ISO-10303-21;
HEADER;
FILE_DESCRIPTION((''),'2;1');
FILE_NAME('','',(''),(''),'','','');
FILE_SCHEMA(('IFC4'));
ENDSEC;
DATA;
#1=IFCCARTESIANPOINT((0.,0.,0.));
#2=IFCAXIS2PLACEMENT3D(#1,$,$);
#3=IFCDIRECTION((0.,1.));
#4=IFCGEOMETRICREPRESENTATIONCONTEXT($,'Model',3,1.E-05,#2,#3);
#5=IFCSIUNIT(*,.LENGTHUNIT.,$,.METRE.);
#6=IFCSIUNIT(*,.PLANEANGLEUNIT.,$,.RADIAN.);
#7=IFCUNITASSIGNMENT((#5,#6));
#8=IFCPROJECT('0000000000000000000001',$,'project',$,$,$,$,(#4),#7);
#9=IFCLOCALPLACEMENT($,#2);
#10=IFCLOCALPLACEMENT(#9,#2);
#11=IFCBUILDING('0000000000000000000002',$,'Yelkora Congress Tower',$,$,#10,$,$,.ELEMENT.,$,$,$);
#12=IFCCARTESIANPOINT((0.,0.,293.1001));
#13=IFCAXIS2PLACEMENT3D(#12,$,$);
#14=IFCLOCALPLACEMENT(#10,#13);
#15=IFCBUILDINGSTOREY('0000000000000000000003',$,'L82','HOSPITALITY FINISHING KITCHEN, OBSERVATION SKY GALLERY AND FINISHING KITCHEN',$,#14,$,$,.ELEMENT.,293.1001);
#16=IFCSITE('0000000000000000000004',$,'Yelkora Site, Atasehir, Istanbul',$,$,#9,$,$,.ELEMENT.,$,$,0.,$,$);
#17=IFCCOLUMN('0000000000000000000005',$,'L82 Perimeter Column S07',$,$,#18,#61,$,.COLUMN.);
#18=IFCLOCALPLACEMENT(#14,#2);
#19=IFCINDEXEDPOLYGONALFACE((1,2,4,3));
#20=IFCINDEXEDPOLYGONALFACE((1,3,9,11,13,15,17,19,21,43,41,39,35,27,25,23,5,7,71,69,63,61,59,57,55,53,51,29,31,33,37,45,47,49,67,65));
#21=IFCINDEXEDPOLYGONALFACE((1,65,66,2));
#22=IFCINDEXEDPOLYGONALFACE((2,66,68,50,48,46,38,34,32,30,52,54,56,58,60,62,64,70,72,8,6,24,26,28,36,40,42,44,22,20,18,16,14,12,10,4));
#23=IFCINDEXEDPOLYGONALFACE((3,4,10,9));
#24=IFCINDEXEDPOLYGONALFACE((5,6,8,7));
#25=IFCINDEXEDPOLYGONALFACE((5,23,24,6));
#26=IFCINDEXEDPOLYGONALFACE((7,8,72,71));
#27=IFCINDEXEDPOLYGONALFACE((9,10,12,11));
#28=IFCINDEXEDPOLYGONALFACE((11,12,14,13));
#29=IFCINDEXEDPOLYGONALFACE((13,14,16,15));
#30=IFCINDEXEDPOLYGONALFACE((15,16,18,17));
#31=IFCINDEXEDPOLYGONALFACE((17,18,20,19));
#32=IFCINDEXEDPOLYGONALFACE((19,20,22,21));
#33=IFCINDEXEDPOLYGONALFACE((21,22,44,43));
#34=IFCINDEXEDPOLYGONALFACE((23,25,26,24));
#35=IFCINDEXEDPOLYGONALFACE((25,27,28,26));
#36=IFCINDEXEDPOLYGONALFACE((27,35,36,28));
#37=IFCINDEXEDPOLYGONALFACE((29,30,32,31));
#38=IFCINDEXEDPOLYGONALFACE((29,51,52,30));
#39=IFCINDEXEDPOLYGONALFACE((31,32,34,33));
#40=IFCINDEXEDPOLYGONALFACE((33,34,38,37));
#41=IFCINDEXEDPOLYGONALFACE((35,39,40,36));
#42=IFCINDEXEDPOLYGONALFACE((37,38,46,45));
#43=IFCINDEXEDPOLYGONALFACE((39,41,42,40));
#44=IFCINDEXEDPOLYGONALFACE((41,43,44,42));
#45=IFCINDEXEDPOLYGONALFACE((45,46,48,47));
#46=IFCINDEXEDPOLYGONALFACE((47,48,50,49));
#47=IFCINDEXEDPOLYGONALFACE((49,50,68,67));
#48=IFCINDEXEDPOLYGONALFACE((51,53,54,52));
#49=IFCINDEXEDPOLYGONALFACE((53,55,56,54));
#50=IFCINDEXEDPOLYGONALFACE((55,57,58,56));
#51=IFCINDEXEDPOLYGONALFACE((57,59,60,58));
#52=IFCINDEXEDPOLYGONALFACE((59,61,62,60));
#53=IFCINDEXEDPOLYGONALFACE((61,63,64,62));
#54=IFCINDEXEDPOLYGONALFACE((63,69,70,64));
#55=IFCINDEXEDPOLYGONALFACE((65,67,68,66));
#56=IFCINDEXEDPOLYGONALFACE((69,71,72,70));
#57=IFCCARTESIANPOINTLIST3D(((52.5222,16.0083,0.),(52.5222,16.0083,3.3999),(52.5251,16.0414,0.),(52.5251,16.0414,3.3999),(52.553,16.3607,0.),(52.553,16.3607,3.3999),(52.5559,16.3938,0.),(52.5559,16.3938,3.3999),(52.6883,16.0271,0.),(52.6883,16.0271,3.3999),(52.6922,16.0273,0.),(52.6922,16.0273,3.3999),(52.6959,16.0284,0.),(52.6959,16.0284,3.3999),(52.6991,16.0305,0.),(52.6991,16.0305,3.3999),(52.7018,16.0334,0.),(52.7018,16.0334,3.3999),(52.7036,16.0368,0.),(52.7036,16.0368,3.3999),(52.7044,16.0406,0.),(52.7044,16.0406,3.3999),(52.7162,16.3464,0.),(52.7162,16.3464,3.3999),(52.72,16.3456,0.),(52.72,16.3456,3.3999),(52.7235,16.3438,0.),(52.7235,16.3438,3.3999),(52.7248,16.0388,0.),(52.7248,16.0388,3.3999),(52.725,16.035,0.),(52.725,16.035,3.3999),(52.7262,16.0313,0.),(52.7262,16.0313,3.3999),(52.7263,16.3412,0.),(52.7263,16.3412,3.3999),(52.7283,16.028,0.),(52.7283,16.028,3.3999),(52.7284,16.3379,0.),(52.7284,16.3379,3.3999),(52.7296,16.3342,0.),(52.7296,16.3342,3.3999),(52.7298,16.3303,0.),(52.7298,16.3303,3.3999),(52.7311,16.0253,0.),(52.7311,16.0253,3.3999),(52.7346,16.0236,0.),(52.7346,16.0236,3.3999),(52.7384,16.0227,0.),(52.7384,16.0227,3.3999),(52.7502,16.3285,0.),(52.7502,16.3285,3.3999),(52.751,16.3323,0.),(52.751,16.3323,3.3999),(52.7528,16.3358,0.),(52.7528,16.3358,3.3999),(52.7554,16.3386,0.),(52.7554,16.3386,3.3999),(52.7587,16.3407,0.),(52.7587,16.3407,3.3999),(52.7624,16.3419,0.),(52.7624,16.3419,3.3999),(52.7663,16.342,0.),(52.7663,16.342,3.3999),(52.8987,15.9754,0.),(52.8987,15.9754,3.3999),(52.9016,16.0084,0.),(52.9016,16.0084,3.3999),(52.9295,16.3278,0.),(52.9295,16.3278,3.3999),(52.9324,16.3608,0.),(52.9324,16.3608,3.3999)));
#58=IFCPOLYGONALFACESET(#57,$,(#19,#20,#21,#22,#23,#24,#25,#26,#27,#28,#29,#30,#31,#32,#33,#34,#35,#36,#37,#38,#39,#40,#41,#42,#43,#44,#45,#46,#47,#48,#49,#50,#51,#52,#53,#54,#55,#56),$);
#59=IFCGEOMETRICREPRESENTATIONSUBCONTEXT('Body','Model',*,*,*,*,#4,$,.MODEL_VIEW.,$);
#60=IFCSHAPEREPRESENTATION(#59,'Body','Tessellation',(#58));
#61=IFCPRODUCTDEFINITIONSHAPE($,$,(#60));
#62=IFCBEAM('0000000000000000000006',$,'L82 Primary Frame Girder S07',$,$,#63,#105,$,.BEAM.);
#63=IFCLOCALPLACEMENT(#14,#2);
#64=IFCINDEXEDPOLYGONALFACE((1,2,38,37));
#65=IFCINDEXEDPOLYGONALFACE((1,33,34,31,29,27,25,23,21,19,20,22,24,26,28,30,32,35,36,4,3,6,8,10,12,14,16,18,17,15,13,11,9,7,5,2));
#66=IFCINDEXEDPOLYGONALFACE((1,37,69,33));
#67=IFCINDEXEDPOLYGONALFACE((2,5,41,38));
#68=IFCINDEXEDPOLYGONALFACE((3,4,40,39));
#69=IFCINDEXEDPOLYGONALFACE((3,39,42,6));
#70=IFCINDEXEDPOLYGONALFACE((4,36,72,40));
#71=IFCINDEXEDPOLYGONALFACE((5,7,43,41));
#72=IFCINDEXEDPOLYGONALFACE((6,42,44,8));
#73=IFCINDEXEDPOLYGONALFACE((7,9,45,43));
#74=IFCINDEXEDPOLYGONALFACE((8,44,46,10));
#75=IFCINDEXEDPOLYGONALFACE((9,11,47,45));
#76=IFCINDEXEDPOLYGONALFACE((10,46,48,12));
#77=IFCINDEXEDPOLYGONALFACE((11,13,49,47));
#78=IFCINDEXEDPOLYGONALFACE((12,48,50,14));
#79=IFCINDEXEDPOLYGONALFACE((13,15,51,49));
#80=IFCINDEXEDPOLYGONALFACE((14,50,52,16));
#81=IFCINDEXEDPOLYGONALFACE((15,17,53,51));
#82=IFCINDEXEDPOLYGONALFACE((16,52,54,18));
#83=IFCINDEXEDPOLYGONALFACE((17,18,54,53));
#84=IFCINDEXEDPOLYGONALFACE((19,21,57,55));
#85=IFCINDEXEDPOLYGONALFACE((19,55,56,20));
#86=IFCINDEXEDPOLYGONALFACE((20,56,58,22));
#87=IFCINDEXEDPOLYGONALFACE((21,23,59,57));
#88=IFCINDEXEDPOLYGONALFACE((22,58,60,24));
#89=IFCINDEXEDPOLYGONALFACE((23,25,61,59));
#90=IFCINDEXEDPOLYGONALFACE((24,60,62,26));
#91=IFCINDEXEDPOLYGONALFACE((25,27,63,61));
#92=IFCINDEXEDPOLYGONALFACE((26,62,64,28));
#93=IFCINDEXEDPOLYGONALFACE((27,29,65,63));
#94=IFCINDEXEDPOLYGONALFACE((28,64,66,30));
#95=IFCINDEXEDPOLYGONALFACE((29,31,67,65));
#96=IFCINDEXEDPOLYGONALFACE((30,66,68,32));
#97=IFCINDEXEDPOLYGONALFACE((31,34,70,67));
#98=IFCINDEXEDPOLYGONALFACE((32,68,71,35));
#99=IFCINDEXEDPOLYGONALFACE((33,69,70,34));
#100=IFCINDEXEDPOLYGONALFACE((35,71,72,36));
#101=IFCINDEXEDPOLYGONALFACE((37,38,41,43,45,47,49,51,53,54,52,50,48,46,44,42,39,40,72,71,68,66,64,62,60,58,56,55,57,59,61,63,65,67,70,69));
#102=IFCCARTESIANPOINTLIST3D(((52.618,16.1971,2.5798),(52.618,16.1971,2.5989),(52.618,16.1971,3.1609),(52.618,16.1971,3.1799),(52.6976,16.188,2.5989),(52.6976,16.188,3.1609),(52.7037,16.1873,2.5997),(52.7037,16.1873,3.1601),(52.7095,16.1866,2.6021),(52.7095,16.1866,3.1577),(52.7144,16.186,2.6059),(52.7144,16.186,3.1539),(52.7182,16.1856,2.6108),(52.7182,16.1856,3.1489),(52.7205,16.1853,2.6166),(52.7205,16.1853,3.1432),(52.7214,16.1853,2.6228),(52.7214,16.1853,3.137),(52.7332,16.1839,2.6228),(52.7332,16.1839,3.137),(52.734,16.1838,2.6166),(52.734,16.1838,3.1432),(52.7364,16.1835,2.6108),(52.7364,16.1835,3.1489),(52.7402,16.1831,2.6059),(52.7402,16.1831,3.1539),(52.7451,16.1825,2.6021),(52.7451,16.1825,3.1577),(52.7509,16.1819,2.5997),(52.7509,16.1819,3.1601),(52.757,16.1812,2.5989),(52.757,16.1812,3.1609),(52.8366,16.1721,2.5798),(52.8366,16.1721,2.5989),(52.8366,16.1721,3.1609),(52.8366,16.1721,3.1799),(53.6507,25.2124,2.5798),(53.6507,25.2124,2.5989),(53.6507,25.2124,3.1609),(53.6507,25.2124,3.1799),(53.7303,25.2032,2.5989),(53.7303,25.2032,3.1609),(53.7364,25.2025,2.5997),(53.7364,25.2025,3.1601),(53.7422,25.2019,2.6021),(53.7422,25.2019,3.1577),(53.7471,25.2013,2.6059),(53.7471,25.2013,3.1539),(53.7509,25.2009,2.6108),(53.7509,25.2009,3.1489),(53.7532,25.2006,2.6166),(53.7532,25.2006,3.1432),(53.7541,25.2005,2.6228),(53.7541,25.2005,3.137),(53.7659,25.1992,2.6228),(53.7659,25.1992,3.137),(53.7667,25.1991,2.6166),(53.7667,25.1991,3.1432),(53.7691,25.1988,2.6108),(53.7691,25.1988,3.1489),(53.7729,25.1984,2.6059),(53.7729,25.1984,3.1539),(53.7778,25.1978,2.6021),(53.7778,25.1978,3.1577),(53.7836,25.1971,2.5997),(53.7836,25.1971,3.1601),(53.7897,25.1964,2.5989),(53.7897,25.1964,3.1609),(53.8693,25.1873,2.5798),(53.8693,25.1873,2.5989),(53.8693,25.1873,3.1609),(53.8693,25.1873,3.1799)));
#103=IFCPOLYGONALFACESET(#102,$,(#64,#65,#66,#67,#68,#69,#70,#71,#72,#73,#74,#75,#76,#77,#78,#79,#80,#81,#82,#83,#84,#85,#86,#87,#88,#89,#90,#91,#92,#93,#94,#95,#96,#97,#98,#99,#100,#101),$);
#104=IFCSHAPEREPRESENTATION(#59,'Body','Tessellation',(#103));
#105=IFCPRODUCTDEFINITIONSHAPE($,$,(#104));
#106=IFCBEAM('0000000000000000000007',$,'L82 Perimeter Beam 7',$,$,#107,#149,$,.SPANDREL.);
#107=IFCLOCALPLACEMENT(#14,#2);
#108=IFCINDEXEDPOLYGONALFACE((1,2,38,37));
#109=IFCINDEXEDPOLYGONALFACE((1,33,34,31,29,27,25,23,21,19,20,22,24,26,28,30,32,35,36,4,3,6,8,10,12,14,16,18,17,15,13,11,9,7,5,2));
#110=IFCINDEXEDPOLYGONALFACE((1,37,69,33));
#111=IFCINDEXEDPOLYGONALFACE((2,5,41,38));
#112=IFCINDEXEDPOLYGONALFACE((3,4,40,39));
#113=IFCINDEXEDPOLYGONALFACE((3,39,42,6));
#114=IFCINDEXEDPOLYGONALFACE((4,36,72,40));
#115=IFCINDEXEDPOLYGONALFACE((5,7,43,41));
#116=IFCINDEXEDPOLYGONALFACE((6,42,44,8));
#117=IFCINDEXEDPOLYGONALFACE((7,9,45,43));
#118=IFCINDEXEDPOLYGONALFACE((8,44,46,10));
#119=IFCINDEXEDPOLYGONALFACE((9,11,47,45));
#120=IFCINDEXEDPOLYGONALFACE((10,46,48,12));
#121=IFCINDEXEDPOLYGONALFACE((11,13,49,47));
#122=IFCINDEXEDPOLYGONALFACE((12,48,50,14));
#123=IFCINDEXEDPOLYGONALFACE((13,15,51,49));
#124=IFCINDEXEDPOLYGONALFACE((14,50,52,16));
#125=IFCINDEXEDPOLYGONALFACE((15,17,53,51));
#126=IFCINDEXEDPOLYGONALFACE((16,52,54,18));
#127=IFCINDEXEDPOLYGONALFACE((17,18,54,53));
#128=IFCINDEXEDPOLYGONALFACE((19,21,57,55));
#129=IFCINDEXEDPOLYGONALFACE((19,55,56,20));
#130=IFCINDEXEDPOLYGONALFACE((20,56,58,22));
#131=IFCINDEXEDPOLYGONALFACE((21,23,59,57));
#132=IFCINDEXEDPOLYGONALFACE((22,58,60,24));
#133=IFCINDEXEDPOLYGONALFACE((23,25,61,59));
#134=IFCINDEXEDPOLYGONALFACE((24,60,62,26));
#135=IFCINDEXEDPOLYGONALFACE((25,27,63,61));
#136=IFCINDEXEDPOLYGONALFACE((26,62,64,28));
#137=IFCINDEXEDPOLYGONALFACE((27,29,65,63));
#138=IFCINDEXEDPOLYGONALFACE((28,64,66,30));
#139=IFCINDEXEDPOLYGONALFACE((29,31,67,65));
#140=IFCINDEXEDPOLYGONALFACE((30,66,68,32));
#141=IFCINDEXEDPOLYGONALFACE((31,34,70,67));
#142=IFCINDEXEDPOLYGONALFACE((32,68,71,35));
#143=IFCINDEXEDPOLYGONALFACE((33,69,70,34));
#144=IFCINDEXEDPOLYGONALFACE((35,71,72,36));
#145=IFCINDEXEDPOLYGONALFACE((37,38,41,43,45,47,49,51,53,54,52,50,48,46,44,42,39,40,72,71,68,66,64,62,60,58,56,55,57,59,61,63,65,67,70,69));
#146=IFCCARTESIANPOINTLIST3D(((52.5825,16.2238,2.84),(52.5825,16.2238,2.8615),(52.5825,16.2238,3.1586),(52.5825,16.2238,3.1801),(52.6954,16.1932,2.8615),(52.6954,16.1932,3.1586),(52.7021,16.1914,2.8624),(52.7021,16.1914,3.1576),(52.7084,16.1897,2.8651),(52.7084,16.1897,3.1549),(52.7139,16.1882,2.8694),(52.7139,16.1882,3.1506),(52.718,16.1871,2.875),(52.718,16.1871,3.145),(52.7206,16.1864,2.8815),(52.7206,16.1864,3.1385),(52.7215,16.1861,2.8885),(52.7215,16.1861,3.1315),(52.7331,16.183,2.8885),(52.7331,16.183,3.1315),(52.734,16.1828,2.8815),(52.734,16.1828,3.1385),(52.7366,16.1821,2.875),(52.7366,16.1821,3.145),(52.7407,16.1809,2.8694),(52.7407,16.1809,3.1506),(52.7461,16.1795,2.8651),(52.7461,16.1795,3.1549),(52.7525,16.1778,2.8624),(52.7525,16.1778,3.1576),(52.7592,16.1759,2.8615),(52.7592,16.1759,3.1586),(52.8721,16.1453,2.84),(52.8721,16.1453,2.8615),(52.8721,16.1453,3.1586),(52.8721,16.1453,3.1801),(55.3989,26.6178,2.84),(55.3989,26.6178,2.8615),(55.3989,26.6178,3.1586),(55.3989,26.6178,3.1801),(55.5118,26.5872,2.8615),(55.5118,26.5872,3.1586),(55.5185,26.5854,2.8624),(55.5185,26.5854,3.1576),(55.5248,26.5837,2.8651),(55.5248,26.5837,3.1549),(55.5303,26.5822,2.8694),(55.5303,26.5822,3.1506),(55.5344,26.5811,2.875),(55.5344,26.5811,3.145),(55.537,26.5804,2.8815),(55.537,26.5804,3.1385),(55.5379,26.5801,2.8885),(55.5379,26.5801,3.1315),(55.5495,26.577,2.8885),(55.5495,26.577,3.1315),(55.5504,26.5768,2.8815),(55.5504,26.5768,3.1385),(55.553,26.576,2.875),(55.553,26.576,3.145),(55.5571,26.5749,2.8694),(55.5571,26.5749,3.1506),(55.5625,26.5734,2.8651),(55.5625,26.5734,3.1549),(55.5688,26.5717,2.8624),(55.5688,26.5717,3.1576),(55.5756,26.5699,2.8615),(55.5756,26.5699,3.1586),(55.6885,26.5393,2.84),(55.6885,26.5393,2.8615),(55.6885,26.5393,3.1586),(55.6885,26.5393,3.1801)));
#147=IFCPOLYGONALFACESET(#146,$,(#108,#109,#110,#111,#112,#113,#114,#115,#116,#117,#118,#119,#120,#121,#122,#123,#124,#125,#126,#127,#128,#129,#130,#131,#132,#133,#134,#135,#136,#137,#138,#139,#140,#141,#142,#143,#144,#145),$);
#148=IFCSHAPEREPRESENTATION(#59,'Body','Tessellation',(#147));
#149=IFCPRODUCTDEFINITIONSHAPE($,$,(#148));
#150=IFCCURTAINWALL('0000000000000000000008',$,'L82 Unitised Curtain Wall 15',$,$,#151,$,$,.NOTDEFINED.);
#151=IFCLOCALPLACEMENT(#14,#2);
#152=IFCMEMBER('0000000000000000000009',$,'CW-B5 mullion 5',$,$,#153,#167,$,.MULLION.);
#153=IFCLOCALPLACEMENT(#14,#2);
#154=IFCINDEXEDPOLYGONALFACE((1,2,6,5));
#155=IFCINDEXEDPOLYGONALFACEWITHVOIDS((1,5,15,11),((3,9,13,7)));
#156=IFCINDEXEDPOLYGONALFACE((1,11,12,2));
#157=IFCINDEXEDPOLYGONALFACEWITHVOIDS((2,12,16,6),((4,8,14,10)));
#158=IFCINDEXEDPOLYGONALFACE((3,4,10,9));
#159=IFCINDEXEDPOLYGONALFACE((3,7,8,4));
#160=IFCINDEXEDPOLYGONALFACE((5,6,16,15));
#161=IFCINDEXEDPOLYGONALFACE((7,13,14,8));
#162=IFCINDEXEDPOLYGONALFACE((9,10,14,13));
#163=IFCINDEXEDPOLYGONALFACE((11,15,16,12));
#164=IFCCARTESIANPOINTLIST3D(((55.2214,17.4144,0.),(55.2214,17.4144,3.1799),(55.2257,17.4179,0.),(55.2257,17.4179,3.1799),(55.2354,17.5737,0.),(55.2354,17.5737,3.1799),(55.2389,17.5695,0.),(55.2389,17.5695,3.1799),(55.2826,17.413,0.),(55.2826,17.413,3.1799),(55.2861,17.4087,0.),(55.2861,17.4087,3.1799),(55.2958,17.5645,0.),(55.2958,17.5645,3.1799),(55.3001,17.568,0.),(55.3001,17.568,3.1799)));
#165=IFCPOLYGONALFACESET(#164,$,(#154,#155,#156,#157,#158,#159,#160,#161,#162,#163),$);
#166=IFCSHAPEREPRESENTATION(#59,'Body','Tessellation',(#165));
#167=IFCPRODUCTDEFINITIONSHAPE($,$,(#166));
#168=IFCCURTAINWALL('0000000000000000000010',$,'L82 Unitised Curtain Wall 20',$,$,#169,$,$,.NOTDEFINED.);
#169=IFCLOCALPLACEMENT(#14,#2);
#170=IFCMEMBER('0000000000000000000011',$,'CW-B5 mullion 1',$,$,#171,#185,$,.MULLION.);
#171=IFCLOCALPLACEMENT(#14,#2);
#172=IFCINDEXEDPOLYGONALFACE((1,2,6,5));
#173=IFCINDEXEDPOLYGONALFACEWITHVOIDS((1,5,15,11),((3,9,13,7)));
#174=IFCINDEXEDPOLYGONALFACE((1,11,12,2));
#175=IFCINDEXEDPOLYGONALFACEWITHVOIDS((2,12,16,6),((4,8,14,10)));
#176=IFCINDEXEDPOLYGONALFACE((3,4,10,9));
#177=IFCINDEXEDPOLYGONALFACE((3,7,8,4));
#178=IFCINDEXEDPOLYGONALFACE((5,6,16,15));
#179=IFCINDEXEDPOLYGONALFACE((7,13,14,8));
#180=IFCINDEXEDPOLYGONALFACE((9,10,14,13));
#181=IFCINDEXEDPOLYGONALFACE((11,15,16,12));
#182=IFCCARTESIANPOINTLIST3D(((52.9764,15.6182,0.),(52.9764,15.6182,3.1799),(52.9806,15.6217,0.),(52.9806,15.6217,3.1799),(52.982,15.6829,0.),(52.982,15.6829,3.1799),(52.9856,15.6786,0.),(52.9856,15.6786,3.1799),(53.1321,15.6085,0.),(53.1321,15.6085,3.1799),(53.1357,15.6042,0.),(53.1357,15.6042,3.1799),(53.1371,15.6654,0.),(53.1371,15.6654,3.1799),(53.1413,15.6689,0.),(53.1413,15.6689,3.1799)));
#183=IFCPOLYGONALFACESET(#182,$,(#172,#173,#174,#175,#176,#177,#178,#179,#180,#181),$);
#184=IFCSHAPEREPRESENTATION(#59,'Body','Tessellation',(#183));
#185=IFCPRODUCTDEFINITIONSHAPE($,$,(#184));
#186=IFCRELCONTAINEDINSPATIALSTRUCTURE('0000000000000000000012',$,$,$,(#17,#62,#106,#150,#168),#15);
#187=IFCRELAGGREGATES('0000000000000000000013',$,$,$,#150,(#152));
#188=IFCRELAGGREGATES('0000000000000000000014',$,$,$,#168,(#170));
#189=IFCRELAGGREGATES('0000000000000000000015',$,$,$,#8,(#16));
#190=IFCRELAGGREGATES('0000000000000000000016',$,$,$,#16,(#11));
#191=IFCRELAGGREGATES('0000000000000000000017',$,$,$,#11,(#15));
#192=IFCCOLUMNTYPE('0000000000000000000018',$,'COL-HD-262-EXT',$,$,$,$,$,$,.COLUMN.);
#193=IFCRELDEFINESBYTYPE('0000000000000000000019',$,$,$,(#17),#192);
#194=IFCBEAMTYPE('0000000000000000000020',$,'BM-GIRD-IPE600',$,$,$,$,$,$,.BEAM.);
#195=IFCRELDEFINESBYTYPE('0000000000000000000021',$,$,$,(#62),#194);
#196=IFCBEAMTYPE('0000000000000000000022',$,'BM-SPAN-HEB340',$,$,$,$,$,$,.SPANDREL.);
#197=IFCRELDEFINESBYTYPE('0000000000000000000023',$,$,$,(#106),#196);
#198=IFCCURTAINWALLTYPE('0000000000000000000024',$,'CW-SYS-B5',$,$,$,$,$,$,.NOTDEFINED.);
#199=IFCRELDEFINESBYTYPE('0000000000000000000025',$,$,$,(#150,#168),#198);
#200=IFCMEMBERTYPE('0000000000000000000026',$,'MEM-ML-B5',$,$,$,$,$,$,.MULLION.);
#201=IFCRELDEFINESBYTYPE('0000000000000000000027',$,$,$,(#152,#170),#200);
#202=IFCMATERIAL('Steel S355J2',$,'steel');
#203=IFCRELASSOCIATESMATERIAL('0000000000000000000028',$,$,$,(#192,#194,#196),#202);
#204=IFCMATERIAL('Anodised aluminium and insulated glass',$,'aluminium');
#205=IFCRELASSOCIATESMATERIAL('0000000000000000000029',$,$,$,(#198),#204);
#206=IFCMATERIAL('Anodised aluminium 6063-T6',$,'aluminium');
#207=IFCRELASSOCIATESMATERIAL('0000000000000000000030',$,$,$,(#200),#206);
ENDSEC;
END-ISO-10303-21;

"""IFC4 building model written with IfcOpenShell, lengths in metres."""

from ifc_helpers import new_model, si_unit, direction, frame, origin, origin_2d, place, context, subcontext, project, spatial, hollow_rectangle, i_section, extrude, material, material_profile, profile_set, type_object, element, aggregate, save


model = new_model("IFC4")

# Units and contexts
model_context = context("Model", 3, precision=1e-05, world=origin(), true_north=direction((0.0, 1.0)))
body_context = subcontext(model_context, "Body", "Model", "MODEL_VIEW")
ifc_project = project(units=[si_unit("LENGTHUNIT", "METRE"), si_unit("PLANEANGLEUNIT", "RADIAN")], contexts=[model_context])

# Site, building, storey
site_placement = place(None, origin())
site = spatial("IfcSite", under=ifc_project, at=site_placement, Name="Yelkora Site, Atasehir, Istanbul", CompositionType="ELEMENT", RefElevation=0.0)
building_placement = place(site_placement, origin())
building = spatial("IfcBuilding", under=site, at=building_placement, Name="Yelkora Congress Tower", CompositionType="ELEMENT")
storey_placement = place(building_placement, frame((0.0, 0.0, 293.1001)))
storey = spatial("IfcBuildingStorey", under=building, at=storey_placement, Name="L82", Description="HOSPITALITY FINISHING KITCHEN, OBSERVATION SKY GALLERY AND FINISHING KITCHEN", CompositionType="ELEMENT", Elevation=293.1001)

# Column
ifc_material_1 = material(Name="Steel S355J2", Category="steel")
ifc_material_profile_1 = material_profile(ifc_material_1, i_section(OverallWidth=0.3779, OverallDepth=0.387, WebThickness=0.0205, FlangeThickness=0.0332, FilletRadius=0.0149, at=origin_2d()), Name="HD 360x262")
ifc_profile_set_1 = profile_set([ifc_material_profile_1], Name="Steel S355J2")
column_type = type_object("IfcColumnType", Name="COL-HD-262-EXT", PredefinedType="COLUMN", material=ifc_profile_set_1)
column_placement = place(storey_placement, frame((52.7273, 16.1846, 0.0), z_axis=(0.0, 0.0, 1.0), x_axis=(0.996195, -0.087156, 0.0)))
element("IfcColumn", 1, at=column_placement, inside=storey, type_object=column_type, Name="L82 Perimeter Column S07", PredefinedType="COLUMN", context=body_context, shape_type="SweptSolid", body=[
    extrude(i_section(OverallWidth=0.3779, OverallDepth=0.387, WebThickness=0.0205, FlangeThickness=0.0332, FilletRadius=0.0149, at=origin_2d()), origin(), (0.0, 0.0, 1.0), 3.3999),
])

# Beams
ifc_material_profile_2 = material_profile(ifc_material_1, i_section(OverallWidth=0.22, OverallDepth=0.6001, WebThickness=0.012, FlangeThickness=0.019, FilletRadius=0.0239, at=origin_2d()), Name="IPE 600")
ifc_profile_set_2 = profile_set([ifc_material_profile_2], Name="Steel S355J2")
beam_type_1 = type_object("IfcBeamType", Name="BM-GIRD-IPE600", PredefinedType="BEAM", material=ifc_profile_set_2)
beam_1_placement = place(storey_placement, frame((52.7273, 16.1846, 2.8799), z_axis=(0.113806, 0.993503, 0.0), x_axis=(-0.993503, 0.113806, 0.0)))
element("IfcBeam", 2, at=beam_1_placement, inside=storey, type_object=beam_type_1, Name="L82 Primary Frame Girder S07", PredefinedType="BEAM", context=body_context, shape_type="SweptSolid", body=[
    extrude(i_section(OverallWidth=0.22, OverallDepth=0.6001, WebThickness=0.012, FlangeThickness=0.019, FilletRadius=0.0239, at=origin_2d()), origin(), (0.0, 0.0, 1.0), 9.0742),
])
ifc_material_profile_3 = material_profile(ifc_material_1, i_section(OverallWidth=0.3, OverallDepth=0.3401, WebThickness=0.012, FlangeThickness=0.0215, FilletRadius=0.0271, at=origin_2d()), Name="HEB 340")
ifc_profile_set_3 = profile_set([ifc_material_profile_3], Name="Steel S355J2")
beam_type_2 = type_object("IfcBeamType", Name="BM-SPAN-HEB340", PredefinedType="SPANDREL", material=ifc_profile_set_3)
beam_2_placement = place(storey_placement, frame((52.7273, 16.1846, 3.01), z_axis=(0.261533, 0.965195, 0.0), x_axis=(-0.965195, 0.261533, 0.0)))
element("IfcBeam", 3, at=beam_2_placement, inside=storey, type_object=beam_type_2, Name="L82 Perimeter Beam 7", PredefinedType="SPANDREL", context=body_context, shape_type="SweptSolid", body=[
    extrude(i_section(OverallWidth=0.3, OverallDepth=0.3401, WebThickness=0.012, FlangeThickness=0.0215, FilletRadius=0.0271, at=origin_2d()), origin(), (0.0, 0.0, 1.0), 10.7688),
])

# Curtain wall, member
ifc_material_2 = material(Name="Anodised aluminium and insulated glass", Category="aluminium")
curtain_wall_type = type_object("IfcCurtainWallType", Name="CW-SYS-B5", PredefinedType="NOTDEFINED", material=ifc_material_2)
curtain_wall_1_placement = place(storey_placement, origin())
curtain_wall_1 = element("IfcCurtainWall", 4, at=curtain_wall_1_placement, inside=storey, type_object=curtain_wall_type, Name="L82 Unitised Curtain Wall 15", PredefinedType="NOTDEFINED")
ifc_material_3 = material(Name="Anodised aluminium 6063-T6", Category="aluminium")
ifc_material_profile_4 = material_profile(ifc_material_3, hollow_rectangle(XDim=0.0649, YDim=0.1599, WallThickness=0.0039, at=origin_2d()), Name="ALU 65x160x4")
ifc_profile_set_4 = profile_set([ifc_material_profile_4], Name="Anodised aluminium 6063-T6")
member_type_1 = type_object("IfcMemberType", Name="MEM-ML-B5", PredefinedType="MULLION", material=ifc_profile_set_4)
member_1_placement = place(storey_placement, frame((55.2607, 17.4912, 0.0), z_axis=(0.0, 0.0, 1.0), x_axis=(0.996194, -0.087158, 0.0)))
member_1 = element("IfcMember", 5, at=member_1_placement, type_object=member_type_1, Name="CW-B5 mullion 5", PredefinedType="MULLION", context=body_context, shape_type="SweptSolid", body=[
    extrude(hollow_rectangle(XDim=0.0649, YDim=0.1599, WallThickness=0.0039, at=origin_2d()), origin(), (0.0, 0.0, 1.0), 3.1799),
])
aggregate(curtain_wall_1, [member_1])

# Curtain wall, member
curtain_wall_2_placement = place(storey_placement, origin())
curtain_wall_2 = element("IfcCurtainWall", 6, at=curtain_wall_2_placement, inside=storey, type_object=curtain_wall_type, Name="L82 Unitised Curtain Wall 20", PredefinedType="NOTDEFINED")
member_2_placement = place(storey_placement, frame((53.0588, 15.6436, 0.0), z_axis=(0.0, 0.0, 1.0), x_axis=(-0.087157, -0.996195, 0.0)))
member_2 = element("IfcMember", 7, at=member_2_placement, type_object=member_type_1, Name="CW-B5 mullion 1", PredefinedType="MULLION", context=body_context, shape_type="SweptSolid", body=[
    extrude(hollow_rectangle(XDim=0.0649, YDim=0.1599, WallThickness=0.0039, at=origin_2d()), origin(), (0.0, 0.0, 1.0), 3.1799),
])
aggregate(curtain_wall_2, [member_2])

save(model, "model.ifc")
